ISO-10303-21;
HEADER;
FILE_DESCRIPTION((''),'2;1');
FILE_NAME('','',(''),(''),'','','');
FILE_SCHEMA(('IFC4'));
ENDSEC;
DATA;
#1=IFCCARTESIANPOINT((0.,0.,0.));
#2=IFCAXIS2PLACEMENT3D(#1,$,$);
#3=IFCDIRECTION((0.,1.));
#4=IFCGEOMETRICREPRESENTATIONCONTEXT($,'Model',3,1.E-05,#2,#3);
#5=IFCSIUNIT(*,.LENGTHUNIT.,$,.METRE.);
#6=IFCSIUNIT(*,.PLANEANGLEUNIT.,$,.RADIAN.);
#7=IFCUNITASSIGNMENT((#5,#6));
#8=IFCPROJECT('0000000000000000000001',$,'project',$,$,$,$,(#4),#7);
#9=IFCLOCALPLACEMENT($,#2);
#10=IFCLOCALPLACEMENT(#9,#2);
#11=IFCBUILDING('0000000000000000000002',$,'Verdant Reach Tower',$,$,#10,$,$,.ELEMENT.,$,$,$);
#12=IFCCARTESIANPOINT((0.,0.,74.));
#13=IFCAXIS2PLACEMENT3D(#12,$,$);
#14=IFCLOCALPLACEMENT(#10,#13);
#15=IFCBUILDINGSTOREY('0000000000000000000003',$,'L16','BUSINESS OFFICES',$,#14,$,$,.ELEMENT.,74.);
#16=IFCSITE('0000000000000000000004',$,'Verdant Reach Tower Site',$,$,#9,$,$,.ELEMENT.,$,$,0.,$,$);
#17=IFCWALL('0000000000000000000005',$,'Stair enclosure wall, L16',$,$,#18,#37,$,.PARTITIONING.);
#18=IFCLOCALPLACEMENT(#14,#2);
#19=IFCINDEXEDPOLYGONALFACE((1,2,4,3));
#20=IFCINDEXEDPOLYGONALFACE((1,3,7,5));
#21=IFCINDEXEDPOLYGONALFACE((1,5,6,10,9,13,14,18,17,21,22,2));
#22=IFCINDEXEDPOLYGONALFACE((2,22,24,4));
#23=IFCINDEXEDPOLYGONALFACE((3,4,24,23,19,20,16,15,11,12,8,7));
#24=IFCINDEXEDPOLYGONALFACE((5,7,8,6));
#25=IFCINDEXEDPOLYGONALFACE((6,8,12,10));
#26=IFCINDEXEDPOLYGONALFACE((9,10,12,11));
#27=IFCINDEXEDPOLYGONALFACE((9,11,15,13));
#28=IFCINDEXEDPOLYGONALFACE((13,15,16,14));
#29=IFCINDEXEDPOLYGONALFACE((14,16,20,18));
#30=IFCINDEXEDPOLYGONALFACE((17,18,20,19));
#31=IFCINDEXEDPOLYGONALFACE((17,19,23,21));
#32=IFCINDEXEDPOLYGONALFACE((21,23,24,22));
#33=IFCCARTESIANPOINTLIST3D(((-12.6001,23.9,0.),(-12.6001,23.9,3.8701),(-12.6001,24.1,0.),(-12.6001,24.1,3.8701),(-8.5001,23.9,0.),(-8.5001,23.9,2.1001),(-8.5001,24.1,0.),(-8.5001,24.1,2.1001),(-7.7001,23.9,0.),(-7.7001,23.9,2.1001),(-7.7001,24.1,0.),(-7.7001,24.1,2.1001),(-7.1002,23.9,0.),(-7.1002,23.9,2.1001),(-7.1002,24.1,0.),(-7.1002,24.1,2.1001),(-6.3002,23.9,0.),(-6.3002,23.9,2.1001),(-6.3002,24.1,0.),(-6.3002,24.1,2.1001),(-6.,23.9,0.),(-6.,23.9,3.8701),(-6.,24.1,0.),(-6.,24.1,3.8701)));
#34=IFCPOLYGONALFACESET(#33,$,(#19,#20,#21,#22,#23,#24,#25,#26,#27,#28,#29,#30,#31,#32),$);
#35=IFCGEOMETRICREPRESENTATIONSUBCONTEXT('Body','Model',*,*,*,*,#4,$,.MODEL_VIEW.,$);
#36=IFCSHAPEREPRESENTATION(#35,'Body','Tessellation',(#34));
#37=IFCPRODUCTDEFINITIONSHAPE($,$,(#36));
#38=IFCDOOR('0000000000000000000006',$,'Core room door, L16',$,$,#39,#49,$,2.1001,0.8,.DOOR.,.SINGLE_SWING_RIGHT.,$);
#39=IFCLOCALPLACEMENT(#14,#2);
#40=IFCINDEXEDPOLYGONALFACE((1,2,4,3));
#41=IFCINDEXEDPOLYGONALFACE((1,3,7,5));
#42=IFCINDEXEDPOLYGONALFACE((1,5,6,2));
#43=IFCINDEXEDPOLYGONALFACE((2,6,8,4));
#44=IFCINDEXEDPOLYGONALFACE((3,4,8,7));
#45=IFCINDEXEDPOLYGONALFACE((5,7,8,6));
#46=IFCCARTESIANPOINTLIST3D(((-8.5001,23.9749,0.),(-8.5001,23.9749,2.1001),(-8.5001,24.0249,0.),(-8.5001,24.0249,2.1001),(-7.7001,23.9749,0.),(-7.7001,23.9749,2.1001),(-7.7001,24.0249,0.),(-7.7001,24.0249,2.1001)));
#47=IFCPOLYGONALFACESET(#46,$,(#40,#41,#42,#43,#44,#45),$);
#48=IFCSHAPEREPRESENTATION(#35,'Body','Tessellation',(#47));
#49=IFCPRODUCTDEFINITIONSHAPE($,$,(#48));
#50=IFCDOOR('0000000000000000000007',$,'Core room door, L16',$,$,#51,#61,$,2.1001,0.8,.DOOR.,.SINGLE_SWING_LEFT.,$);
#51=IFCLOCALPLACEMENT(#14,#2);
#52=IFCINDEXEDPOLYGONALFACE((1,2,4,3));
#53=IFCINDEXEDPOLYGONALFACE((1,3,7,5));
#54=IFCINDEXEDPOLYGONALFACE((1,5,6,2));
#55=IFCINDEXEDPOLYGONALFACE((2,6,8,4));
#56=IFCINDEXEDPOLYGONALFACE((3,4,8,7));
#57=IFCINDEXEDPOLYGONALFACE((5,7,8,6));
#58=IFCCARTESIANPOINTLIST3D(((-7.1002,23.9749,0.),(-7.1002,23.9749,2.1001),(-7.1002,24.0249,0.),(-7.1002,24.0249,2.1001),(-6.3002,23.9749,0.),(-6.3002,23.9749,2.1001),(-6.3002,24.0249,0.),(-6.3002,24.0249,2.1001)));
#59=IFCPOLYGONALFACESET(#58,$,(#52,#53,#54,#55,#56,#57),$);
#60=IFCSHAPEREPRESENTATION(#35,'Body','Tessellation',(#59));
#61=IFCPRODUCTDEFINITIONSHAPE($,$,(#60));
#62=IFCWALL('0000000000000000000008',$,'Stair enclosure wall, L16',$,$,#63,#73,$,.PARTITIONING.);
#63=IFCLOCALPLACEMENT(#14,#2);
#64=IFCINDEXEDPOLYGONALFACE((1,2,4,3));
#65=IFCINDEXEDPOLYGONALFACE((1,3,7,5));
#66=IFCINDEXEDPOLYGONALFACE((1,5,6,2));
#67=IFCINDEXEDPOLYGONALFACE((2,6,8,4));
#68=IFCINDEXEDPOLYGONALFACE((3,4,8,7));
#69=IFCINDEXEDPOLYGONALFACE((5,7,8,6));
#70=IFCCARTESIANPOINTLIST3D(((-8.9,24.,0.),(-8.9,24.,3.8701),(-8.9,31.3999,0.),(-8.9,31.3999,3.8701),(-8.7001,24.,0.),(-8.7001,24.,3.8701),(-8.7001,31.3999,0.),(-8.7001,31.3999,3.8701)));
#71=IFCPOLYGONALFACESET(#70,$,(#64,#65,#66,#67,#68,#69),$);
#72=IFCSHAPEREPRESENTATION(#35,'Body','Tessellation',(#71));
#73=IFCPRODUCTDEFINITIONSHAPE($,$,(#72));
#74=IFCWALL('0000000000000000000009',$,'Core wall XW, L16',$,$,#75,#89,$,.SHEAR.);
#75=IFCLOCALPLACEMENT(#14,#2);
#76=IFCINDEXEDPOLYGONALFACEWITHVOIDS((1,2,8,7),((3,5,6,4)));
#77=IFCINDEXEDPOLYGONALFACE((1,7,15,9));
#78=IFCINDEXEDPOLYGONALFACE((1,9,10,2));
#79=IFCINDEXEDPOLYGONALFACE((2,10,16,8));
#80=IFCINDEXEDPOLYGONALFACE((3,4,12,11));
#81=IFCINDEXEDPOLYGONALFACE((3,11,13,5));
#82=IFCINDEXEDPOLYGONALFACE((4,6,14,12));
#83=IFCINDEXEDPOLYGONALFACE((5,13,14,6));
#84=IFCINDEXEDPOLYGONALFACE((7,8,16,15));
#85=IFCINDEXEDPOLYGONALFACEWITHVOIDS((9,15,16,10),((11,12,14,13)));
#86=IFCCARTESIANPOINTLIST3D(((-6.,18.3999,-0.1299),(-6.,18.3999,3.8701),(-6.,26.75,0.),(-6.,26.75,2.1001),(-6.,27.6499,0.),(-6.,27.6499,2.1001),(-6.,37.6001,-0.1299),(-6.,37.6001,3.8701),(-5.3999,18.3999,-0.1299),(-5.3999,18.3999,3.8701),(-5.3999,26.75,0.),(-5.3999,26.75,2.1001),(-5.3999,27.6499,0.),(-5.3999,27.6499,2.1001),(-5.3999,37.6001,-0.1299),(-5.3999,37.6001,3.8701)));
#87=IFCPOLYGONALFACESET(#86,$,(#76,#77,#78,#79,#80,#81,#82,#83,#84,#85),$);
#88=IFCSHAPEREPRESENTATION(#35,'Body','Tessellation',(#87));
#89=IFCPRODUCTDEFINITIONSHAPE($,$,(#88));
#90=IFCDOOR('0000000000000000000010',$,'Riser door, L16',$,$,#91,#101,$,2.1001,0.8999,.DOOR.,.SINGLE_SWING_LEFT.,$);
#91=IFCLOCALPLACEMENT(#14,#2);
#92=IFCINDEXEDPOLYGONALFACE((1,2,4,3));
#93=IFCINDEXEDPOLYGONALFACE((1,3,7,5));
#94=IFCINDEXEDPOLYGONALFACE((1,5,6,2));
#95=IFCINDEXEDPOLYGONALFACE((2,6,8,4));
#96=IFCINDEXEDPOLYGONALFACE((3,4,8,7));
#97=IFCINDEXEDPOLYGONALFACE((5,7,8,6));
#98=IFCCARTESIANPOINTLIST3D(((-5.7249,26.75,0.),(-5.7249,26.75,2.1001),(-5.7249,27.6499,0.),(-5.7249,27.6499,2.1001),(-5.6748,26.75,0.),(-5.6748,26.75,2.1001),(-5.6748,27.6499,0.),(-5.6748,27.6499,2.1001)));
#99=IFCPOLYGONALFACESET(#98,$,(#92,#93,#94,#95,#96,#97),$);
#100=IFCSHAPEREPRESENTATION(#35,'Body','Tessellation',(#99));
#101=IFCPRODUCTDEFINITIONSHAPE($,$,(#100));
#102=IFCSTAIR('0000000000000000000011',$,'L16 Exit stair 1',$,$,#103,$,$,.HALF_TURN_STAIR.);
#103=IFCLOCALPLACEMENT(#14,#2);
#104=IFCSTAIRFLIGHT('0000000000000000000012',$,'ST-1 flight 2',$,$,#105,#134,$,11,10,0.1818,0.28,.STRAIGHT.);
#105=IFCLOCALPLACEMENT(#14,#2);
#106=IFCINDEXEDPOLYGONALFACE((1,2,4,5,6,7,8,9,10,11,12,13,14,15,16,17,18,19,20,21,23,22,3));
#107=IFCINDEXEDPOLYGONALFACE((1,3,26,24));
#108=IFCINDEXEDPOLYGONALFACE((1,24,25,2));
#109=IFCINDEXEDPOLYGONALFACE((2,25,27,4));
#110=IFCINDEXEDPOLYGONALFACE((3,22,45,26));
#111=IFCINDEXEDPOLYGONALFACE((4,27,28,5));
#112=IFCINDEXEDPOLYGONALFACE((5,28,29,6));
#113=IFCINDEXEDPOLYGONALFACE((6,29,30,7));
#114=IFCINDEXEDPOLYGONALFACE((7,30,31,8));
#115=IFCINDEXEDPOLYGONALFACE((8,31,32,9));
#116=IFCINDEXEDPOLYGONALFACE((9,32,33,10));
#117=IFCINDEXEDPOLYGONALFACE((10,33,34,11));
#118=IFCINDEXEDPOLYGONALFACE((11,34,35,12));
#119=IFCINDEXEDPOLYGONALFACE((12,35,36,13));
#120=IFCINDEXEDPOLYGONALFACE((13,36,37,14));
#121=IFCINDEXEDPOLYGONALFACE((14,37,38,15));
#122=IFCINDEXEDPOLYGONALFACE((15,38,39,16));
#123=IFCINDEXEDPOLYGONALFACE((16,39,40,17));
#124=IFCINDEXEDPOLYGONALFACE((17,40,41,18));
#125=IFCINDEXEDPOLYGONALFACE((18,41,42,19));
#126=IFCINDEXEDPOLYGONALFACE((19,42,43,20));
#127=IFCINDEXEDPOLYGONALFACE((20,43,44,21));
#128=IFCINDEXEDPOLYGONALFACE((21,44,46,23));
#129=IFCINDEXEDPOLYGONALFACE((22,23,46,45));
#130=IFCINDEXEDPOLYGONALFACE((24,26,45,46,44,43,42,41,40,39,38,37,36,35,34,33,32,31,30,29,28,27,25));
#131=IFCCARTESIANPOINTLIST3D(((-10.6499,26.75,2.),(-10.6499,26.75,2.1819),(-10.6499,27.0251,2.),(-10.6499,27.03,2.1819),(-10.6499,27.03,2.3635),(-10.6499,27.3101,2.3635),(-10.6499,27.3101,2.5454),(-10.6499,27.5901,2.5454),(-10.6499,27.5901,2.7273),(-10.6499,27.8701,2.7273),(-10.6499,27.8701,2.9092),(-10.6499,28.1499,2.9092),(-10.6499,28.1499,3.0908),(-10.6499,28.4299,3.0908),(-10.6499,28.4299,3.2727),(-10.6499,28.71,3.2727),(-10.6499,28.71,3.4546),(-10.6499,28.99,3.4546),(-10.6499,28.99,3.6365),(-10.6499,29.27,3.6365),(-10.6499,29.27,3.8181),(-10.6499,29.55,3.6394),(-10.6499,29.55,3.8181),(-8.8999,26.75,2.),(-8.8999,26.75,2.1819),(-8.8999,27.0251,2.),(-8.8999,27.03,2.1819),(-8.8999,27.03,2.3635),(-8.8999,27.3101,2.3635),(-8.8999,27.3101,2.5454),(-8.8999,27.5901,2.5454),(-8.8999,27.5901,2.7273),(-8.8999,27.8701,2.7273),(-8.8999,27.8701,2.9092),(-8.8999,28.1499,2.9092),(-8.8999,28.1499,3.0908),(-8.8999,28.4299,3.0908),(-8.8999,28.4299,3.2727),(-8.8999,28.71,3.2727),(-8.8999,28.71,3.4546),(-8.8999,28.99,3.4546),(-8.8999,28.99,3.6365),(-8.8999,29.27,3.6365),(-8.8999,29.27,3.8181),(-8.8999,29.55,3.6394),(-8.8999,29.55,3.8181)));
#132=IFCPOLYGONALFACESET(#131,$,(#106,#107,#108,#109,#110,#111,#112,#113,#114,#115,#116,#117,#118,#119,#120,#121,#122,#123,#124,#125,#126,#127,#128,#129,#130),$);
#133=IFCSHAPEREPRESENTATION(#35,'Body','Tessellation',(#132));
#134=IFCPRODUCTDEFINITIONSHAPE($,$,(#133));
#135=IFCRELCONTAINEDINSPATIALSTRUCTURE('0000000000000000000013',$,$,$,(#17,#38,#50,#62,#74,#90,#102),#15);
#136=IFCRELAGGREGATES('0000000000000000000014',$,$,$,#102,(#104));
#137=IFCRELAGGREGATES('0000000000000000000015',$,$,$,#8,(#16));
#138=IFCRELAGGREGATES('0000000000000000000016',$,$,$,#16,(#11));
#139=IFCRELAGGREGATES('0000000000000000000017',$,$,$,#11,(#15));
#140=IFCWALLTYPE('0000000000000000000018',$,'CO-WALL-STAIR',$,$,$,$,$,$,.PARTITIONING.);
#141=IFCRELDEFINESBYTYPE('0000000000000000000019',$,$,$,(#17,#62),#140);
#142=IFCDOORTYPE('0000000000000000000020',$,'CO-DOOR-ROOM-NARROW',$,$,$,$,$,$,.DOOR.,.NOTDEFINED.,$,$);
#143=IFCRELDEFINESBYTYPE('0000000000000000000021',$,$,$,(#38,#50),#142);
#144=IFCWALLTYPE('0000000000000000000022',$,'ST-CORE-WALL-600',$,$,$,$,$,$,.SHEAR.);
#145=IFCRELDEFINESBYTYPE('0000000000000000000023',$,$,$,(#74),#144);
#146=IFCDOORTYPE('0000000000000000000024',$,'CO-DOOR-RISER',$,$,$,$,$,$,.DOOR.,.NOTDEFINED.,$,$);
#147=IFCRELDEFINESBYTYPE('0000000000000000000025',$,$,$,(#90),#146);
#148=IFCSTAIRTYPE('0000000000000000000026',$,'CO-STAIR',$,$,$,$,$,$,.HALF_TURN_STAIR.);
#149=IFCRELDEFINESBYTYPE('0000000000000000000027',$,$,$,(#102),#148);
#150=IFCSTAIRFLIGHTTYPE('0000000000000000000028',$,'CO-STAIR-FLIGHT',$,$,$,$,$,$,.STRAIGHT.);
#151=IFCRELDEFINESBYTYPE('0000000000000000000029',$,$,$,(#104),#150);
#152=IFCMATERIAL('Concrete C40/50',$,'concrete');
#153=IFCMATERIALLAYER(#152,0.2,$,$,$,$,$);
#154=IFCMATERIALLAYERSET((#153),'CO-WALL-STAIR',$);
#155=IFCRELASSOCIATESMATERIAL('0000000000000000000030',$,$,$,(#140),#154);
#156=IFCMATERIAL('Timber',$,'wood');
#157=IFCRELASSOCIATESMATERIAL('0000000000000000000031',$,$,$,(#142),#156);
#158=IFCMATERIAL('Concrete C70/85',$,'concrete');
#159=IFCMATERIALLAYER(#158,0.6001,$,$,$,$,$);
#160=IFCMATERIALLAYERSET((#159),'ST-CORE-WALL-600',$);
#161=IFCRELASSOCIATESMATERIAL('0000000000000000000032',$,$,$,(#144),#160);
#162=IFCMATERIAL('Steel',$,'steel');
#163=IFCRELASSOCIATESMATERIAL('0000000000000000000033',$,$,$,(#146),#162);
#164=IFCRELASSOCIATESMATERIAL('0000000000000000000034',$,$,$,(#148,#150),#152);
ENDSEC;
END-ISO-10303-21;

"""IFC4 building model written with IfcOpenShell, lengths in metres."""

from ifc_helpers import new_model, si_unit, direction, frame, frame_2d, origin, place, context, subcontext, project, spatial, polyline, rectangle, outline, extrude, material, layer, layer_set, type_object, element, fill, aggregate, save


model = new_model("IFC4")

# Units and contexts
model_context = context("Model", 3, precision=1e-05, world=origin(), true_north=direction((0.0, 1.0)))
body_context = subcontext(model_context, "Body", "Model", "MODEL_VIEW")
ifc_project = project(units=[si_unit("LENGTHUNIT", "METRE"), si_unit("PLANEANGLEUNIT", "RADIAN")], contexts=[model_context])

# Site, building, storey
site_placement = place(None, origin())
site = spatial("IfcSite", under=ifc_project, at=site_placement, Name="Verdant Reach Tower Site", CompositionType="ELEMENT", RefElevation=0.0)
building_placement = place(site_placement, origin())
building = spatial("IfcBuilding", under=site, at=building_placement, Name="Verdant Reach Tower", CompositionType="ELEMENT")
storey_placement = place(building_placement, frame((0.0, 0.0, 74.0)))
storey = spatial("IfcBuildingStorey", under=building, at=storey_placement, Name="L16", Description="BUSINESS OFFICES", CompositionType="ELEMENT", Elevation=74.0)

# Shared definitions
ifc_material_1 = material(Name="Concrete C40/50", Category="concrete")

# Wall, openings, doors
ifc_layer_1 = layer(ifc_material_1, 0.2)
ifc_layer_set_1 = layer_set([ifc_layer_1], Name="CO-WALL-STAIR")
wall_type_1 = type_object("IfcWallType", Name="CO-WALL-STAIR", PredefinedType="PARTITIONING", material=ifc_layer_set_1)
wall_1_placement = place(storey_placement, frame((-12.6001, 24.0, 0.0), z_axis=(0.0, 0.0, 1.0), x_axis=(1.0, 0.0, 0.0)))
wall_1 = element("IfcWall", 1, at=wall_1_placement, inside=storey, type_object=wall_type_1, Name="Stair enclosure wall, L16", PredefinedType="PARTITIONING", context=body_context, shape_type="SweptSolid", body=[
    extrude(rectangle(XDim=6.6001, YDim=0.2, at=frame_2d((3.3, 0.0))), origin(), (0.0, 0.0, 1.0), 3.8701),
])
opening_1_placement = place(wall_1_placement, frame((4.1001, 0.0, 0.0)))
opening_1 = element("IfcOpeningElement", 2, at=opening_1_placement, cuts=wall_1, PredefinedType="OPENING", context=body_context, shape_type="SweptSolid", body=[
    extrude(rectangle(XDim=0.8, YDim=2.1001, at=frame_2d((0.3999, 1.05))), frame((0.0, 0.1099, 0.0), z_axis=(0.0, -1.0, 0.0), x_axis=(1.0, 0.0, 0.0)), (0.0, 0.0, 1.0), 0.22),
])
opening_2_placement = place(wall_1_placement, frame((5.5, 0.0, 0.0)))
opening_2 = element("IfcOpeningElement", 3, at=opening_2_placement, cuts=wall_1, PredefinedType="OPENING", context=body_context, shape_type="SweptSolid", body=[
    extrude(rectangle(XDim=0.8, YDim=2.1001, at=frame_2d((0.3999, 1.05))), frame((0.0, 0.1099, 0.0), z_axis=(0.0, -1.0, 0.0), x_axis=(1.0, 0.0, 0.0)), (0.0, 0.0, 1.0), 0.22),
])
ifc_material_2 = material(Name="Timber", Category="wood")
door_type_1 = type_object("IfcDoorType", Name="CO-DOOR-ROOM-NARROW", OperationType="NOTDEFINED", PredefinedType="DOOR", material=ifc_material_2)
door_1_placement = place(opening_1_placement, origin())
door_1 = element("IfcDoor", 4, at=door_1_placement, inside=storey, type_object=door_type_1, Name="Core room door, L16", OperationType="SINGLE_SWING_RIGHT", OverallHeight=2.1001, OverallWidth=0.8, PredefinedType="DOOR", context=body_context, shape_type="SweptSolid", body=[
    extrude(rectangle(XDim=0.8, YDim=2.1001, at=frame_2d((0.3999, 1.05))), frame((0.0, 0.0249, 0.0), z_axis=(0.0, -1.0, 0.0), x_axis=(1.0, 0.0, 0.0)), (0.0, 0.0, 1.0), 0.05),
])
fill(opening_1, door_1)
door_2_placement = place(opening_2_placement, origin())
door_2 = element("IfcDoor", 5, at=door_2_placement, inside=storey, type_object=door_type_1, Name="Core room door, L16", OperationType="SINGLE_SWING_LEFT", OverallHeight=2.1001, OverallWidth=0.8, PredefinedType="DOOR", context=body_context, shape_type="SweptSolid", body=[
    extrude(rectangle(XDim=0.8, YDim=2.1001, at=frame_2d((0.3999, 1.05))), frame((0.0, 0.0249, 0.0), z_axis=(0.0, -1.0, 0.0), x_axis=(1.0, 0.0, 0.0)), (0.0, 0.0, 1.0), 0.05),
])
fill(opening_2, door_2)

# Wall
wall_2_placement = place(storey_placement, frame((-8.8, 24.0, 0.0), z_axis=(0.0, 0.0, 1.0), x_axis=(0.0, 1.0, 0.0)))
element("IfcWall", 6, at=wall_2_placement, inside=storey, type_object=wall_type_1, Name="Stair enclosure wall, L16", PredefinedType="PARTITIONING", context=body_context, shape_type="SweptSolid", body=[
    extrude(rectangle(XDim=7.3999, YDim=0.2, at=frame_2d((3.7, 0.0))), origin(), (0.0, 0.0, 1.0), 3.8701),
])

# Wall, opening, door
ifc_material_3 = material(Name="Concrete C70/85", Category="concrete")
ifc_layer_2 = layer(ifc_material_3, 0.6001)
ifc_layer_set_2 = layer_set([ifc_layer_2], Name="ST-CORE-WALL-600")
wall_type_2 = type_object("IfcWallType", Name="ST-CORE-WALL-600", PredefinedType="SHEAR", material=ifc_layer_set_2)
wall_3_placement = place(storey_placement, frame((-5.7, 18.3999, -0.1299), z_axis=(0.0, 0.0, 1.0), x_axis=(0.0, 1.0, 0.0)))
wall_3 = element("IfcWall", 7, at=wall_3_placement, inside=storey, type_object=wall_type_2, Name="Core wall XW, L16", PredefinedType="SHEAR", context=body_context, shape_type="SweptSolid", body=[
    extrude(rectangle(XDim=19.2002, YDim=0.6001, at=frame_2d((9.6001, 0.0))), origin(), (0.0, 0.0, 1.0), 4.0),
])
opening_3_placement = place(wall_3_placement, frame((8.3501, 0.0, 0.1299)))
opening_3 = element("IfcOpeningElement", 8, at=opening_3_placement, cuts=wall_3, PredefinedType="OPENING", context=body_context, shape_type="SweptSolid", body=[
    extrude(rectangle(XDim=0.8999, YDim=2.1001, at=frame_2d((0.45, 1.05))), frame((0.0, 0.3101, 0.0), z_axis=(0.0, -1.0, 0.0), x_axis=(1.0, 0.0, 0.0)), (0.0, 0.0, 1.0), 0.6201),
])
ifc_material_4 = material(Name="Steel", Category="steel")
door_type_2 = type_object("IfcDoorType", Name="CO-DOOR-RISER", OperationType="NOTDEFINED", PredefinedType="DOOR", material=ifc_material_4)
door_3_placement = place(opening_3_placement, origin())
door_3 = element("IfcDoor", 9, at=door_3_placement, inside=storey, type_object=door_type_2, Name="Riser door, L16", OperationType="SINGLE_SWING_LEFT", OverallHeight=2.1001, OverallWidth=0.8999, PredefinedType="DOOR", context=body_context, shape_type="SweptSolid", body=[
    extrude(rectangle(XDim=0.8999, YDim=2.1001, at=frame_2d((0.45, 1.05))), frame((0.0, 0.0249, 0.0), z_axis=(0.0, -1.0, 0.0), x_axis=(1.0, 0.0, 0.0)), (0.0, 0.0, 1.0), 0.05),
])
fill(opening_3, door_3)

# Stair, stair flight
stair_type = type_object("IfcStairType", Name="CO-STAIR", PredefinedType="HALF_TURN_STAIR", material=ifc_material_1)
stair_placement = place(storey_placement, origin())
stair = element("IfcStair", 10, at=stair_placement, inside=storey, type_object=stair_type, Name="L16 Exit stair 1", PredefinedType="HALF_TURN_STAIR")
stair_flight_type = type_object("IfcStairFlightType", Name="CO-STAIR-FLIGHT", PredefinedType="STRAIGHT", material=ifc_material_1)
stair_flight_placement = place(storey_placement, frame((-9.7749, 26.75, 2.0), z_axis=(0.0, 0.0, 1.0), x_axis=(0.0, 1.0, 0.0)))
stair_flight = element("IfcStairFlight", 11, at=stair_flight_placement, type_object=stair_flight_type, Name="ST-1 flight 2", NumberOfRisers=11, NumberOfTreads=10, PredefinedType="STRAIGHT", RiserHeight=0.1818, TreadLength=0.28, context=body_context, shape_type="SweptSolid", body=[
    extrude(outline(polyline([(0.0, 0.0), (0.0, 0.1819), (0.28, 0.1819), (0.28, 0.3635), (0.5601, 0.3635), (0.5601, 0.5454), (0.8401, 0.5454), (0.8401, 0.7273), (1.1201, 0.7273), (1.1201, 0.9092), (1.3999, 0.9092), (1.3999, 1.0908), (1.6799, 1.0908), (1.6799, 1.2727), (1.96, 1.2727), (1.96, 1.4546), (2.24, 1.4546), (2.24, 1.6365), (2.52, 1.6365), (2.52, 1.8181), (2.8, 1.8181), (2.8, 2.0), (2.8, 1.6394), (0.2751, 0.0), (0.0, 0.0)])), frame((0.0, 0.875, 0.0), z_axis=(0.0, -1.0, 0.0), x_axis=(1.0, 0.0, 0.0)), (0.0, 0.0, 1.0), 1.75),
])
aggregate(stair, [stair_flight])

save(model, "model.ifc")
